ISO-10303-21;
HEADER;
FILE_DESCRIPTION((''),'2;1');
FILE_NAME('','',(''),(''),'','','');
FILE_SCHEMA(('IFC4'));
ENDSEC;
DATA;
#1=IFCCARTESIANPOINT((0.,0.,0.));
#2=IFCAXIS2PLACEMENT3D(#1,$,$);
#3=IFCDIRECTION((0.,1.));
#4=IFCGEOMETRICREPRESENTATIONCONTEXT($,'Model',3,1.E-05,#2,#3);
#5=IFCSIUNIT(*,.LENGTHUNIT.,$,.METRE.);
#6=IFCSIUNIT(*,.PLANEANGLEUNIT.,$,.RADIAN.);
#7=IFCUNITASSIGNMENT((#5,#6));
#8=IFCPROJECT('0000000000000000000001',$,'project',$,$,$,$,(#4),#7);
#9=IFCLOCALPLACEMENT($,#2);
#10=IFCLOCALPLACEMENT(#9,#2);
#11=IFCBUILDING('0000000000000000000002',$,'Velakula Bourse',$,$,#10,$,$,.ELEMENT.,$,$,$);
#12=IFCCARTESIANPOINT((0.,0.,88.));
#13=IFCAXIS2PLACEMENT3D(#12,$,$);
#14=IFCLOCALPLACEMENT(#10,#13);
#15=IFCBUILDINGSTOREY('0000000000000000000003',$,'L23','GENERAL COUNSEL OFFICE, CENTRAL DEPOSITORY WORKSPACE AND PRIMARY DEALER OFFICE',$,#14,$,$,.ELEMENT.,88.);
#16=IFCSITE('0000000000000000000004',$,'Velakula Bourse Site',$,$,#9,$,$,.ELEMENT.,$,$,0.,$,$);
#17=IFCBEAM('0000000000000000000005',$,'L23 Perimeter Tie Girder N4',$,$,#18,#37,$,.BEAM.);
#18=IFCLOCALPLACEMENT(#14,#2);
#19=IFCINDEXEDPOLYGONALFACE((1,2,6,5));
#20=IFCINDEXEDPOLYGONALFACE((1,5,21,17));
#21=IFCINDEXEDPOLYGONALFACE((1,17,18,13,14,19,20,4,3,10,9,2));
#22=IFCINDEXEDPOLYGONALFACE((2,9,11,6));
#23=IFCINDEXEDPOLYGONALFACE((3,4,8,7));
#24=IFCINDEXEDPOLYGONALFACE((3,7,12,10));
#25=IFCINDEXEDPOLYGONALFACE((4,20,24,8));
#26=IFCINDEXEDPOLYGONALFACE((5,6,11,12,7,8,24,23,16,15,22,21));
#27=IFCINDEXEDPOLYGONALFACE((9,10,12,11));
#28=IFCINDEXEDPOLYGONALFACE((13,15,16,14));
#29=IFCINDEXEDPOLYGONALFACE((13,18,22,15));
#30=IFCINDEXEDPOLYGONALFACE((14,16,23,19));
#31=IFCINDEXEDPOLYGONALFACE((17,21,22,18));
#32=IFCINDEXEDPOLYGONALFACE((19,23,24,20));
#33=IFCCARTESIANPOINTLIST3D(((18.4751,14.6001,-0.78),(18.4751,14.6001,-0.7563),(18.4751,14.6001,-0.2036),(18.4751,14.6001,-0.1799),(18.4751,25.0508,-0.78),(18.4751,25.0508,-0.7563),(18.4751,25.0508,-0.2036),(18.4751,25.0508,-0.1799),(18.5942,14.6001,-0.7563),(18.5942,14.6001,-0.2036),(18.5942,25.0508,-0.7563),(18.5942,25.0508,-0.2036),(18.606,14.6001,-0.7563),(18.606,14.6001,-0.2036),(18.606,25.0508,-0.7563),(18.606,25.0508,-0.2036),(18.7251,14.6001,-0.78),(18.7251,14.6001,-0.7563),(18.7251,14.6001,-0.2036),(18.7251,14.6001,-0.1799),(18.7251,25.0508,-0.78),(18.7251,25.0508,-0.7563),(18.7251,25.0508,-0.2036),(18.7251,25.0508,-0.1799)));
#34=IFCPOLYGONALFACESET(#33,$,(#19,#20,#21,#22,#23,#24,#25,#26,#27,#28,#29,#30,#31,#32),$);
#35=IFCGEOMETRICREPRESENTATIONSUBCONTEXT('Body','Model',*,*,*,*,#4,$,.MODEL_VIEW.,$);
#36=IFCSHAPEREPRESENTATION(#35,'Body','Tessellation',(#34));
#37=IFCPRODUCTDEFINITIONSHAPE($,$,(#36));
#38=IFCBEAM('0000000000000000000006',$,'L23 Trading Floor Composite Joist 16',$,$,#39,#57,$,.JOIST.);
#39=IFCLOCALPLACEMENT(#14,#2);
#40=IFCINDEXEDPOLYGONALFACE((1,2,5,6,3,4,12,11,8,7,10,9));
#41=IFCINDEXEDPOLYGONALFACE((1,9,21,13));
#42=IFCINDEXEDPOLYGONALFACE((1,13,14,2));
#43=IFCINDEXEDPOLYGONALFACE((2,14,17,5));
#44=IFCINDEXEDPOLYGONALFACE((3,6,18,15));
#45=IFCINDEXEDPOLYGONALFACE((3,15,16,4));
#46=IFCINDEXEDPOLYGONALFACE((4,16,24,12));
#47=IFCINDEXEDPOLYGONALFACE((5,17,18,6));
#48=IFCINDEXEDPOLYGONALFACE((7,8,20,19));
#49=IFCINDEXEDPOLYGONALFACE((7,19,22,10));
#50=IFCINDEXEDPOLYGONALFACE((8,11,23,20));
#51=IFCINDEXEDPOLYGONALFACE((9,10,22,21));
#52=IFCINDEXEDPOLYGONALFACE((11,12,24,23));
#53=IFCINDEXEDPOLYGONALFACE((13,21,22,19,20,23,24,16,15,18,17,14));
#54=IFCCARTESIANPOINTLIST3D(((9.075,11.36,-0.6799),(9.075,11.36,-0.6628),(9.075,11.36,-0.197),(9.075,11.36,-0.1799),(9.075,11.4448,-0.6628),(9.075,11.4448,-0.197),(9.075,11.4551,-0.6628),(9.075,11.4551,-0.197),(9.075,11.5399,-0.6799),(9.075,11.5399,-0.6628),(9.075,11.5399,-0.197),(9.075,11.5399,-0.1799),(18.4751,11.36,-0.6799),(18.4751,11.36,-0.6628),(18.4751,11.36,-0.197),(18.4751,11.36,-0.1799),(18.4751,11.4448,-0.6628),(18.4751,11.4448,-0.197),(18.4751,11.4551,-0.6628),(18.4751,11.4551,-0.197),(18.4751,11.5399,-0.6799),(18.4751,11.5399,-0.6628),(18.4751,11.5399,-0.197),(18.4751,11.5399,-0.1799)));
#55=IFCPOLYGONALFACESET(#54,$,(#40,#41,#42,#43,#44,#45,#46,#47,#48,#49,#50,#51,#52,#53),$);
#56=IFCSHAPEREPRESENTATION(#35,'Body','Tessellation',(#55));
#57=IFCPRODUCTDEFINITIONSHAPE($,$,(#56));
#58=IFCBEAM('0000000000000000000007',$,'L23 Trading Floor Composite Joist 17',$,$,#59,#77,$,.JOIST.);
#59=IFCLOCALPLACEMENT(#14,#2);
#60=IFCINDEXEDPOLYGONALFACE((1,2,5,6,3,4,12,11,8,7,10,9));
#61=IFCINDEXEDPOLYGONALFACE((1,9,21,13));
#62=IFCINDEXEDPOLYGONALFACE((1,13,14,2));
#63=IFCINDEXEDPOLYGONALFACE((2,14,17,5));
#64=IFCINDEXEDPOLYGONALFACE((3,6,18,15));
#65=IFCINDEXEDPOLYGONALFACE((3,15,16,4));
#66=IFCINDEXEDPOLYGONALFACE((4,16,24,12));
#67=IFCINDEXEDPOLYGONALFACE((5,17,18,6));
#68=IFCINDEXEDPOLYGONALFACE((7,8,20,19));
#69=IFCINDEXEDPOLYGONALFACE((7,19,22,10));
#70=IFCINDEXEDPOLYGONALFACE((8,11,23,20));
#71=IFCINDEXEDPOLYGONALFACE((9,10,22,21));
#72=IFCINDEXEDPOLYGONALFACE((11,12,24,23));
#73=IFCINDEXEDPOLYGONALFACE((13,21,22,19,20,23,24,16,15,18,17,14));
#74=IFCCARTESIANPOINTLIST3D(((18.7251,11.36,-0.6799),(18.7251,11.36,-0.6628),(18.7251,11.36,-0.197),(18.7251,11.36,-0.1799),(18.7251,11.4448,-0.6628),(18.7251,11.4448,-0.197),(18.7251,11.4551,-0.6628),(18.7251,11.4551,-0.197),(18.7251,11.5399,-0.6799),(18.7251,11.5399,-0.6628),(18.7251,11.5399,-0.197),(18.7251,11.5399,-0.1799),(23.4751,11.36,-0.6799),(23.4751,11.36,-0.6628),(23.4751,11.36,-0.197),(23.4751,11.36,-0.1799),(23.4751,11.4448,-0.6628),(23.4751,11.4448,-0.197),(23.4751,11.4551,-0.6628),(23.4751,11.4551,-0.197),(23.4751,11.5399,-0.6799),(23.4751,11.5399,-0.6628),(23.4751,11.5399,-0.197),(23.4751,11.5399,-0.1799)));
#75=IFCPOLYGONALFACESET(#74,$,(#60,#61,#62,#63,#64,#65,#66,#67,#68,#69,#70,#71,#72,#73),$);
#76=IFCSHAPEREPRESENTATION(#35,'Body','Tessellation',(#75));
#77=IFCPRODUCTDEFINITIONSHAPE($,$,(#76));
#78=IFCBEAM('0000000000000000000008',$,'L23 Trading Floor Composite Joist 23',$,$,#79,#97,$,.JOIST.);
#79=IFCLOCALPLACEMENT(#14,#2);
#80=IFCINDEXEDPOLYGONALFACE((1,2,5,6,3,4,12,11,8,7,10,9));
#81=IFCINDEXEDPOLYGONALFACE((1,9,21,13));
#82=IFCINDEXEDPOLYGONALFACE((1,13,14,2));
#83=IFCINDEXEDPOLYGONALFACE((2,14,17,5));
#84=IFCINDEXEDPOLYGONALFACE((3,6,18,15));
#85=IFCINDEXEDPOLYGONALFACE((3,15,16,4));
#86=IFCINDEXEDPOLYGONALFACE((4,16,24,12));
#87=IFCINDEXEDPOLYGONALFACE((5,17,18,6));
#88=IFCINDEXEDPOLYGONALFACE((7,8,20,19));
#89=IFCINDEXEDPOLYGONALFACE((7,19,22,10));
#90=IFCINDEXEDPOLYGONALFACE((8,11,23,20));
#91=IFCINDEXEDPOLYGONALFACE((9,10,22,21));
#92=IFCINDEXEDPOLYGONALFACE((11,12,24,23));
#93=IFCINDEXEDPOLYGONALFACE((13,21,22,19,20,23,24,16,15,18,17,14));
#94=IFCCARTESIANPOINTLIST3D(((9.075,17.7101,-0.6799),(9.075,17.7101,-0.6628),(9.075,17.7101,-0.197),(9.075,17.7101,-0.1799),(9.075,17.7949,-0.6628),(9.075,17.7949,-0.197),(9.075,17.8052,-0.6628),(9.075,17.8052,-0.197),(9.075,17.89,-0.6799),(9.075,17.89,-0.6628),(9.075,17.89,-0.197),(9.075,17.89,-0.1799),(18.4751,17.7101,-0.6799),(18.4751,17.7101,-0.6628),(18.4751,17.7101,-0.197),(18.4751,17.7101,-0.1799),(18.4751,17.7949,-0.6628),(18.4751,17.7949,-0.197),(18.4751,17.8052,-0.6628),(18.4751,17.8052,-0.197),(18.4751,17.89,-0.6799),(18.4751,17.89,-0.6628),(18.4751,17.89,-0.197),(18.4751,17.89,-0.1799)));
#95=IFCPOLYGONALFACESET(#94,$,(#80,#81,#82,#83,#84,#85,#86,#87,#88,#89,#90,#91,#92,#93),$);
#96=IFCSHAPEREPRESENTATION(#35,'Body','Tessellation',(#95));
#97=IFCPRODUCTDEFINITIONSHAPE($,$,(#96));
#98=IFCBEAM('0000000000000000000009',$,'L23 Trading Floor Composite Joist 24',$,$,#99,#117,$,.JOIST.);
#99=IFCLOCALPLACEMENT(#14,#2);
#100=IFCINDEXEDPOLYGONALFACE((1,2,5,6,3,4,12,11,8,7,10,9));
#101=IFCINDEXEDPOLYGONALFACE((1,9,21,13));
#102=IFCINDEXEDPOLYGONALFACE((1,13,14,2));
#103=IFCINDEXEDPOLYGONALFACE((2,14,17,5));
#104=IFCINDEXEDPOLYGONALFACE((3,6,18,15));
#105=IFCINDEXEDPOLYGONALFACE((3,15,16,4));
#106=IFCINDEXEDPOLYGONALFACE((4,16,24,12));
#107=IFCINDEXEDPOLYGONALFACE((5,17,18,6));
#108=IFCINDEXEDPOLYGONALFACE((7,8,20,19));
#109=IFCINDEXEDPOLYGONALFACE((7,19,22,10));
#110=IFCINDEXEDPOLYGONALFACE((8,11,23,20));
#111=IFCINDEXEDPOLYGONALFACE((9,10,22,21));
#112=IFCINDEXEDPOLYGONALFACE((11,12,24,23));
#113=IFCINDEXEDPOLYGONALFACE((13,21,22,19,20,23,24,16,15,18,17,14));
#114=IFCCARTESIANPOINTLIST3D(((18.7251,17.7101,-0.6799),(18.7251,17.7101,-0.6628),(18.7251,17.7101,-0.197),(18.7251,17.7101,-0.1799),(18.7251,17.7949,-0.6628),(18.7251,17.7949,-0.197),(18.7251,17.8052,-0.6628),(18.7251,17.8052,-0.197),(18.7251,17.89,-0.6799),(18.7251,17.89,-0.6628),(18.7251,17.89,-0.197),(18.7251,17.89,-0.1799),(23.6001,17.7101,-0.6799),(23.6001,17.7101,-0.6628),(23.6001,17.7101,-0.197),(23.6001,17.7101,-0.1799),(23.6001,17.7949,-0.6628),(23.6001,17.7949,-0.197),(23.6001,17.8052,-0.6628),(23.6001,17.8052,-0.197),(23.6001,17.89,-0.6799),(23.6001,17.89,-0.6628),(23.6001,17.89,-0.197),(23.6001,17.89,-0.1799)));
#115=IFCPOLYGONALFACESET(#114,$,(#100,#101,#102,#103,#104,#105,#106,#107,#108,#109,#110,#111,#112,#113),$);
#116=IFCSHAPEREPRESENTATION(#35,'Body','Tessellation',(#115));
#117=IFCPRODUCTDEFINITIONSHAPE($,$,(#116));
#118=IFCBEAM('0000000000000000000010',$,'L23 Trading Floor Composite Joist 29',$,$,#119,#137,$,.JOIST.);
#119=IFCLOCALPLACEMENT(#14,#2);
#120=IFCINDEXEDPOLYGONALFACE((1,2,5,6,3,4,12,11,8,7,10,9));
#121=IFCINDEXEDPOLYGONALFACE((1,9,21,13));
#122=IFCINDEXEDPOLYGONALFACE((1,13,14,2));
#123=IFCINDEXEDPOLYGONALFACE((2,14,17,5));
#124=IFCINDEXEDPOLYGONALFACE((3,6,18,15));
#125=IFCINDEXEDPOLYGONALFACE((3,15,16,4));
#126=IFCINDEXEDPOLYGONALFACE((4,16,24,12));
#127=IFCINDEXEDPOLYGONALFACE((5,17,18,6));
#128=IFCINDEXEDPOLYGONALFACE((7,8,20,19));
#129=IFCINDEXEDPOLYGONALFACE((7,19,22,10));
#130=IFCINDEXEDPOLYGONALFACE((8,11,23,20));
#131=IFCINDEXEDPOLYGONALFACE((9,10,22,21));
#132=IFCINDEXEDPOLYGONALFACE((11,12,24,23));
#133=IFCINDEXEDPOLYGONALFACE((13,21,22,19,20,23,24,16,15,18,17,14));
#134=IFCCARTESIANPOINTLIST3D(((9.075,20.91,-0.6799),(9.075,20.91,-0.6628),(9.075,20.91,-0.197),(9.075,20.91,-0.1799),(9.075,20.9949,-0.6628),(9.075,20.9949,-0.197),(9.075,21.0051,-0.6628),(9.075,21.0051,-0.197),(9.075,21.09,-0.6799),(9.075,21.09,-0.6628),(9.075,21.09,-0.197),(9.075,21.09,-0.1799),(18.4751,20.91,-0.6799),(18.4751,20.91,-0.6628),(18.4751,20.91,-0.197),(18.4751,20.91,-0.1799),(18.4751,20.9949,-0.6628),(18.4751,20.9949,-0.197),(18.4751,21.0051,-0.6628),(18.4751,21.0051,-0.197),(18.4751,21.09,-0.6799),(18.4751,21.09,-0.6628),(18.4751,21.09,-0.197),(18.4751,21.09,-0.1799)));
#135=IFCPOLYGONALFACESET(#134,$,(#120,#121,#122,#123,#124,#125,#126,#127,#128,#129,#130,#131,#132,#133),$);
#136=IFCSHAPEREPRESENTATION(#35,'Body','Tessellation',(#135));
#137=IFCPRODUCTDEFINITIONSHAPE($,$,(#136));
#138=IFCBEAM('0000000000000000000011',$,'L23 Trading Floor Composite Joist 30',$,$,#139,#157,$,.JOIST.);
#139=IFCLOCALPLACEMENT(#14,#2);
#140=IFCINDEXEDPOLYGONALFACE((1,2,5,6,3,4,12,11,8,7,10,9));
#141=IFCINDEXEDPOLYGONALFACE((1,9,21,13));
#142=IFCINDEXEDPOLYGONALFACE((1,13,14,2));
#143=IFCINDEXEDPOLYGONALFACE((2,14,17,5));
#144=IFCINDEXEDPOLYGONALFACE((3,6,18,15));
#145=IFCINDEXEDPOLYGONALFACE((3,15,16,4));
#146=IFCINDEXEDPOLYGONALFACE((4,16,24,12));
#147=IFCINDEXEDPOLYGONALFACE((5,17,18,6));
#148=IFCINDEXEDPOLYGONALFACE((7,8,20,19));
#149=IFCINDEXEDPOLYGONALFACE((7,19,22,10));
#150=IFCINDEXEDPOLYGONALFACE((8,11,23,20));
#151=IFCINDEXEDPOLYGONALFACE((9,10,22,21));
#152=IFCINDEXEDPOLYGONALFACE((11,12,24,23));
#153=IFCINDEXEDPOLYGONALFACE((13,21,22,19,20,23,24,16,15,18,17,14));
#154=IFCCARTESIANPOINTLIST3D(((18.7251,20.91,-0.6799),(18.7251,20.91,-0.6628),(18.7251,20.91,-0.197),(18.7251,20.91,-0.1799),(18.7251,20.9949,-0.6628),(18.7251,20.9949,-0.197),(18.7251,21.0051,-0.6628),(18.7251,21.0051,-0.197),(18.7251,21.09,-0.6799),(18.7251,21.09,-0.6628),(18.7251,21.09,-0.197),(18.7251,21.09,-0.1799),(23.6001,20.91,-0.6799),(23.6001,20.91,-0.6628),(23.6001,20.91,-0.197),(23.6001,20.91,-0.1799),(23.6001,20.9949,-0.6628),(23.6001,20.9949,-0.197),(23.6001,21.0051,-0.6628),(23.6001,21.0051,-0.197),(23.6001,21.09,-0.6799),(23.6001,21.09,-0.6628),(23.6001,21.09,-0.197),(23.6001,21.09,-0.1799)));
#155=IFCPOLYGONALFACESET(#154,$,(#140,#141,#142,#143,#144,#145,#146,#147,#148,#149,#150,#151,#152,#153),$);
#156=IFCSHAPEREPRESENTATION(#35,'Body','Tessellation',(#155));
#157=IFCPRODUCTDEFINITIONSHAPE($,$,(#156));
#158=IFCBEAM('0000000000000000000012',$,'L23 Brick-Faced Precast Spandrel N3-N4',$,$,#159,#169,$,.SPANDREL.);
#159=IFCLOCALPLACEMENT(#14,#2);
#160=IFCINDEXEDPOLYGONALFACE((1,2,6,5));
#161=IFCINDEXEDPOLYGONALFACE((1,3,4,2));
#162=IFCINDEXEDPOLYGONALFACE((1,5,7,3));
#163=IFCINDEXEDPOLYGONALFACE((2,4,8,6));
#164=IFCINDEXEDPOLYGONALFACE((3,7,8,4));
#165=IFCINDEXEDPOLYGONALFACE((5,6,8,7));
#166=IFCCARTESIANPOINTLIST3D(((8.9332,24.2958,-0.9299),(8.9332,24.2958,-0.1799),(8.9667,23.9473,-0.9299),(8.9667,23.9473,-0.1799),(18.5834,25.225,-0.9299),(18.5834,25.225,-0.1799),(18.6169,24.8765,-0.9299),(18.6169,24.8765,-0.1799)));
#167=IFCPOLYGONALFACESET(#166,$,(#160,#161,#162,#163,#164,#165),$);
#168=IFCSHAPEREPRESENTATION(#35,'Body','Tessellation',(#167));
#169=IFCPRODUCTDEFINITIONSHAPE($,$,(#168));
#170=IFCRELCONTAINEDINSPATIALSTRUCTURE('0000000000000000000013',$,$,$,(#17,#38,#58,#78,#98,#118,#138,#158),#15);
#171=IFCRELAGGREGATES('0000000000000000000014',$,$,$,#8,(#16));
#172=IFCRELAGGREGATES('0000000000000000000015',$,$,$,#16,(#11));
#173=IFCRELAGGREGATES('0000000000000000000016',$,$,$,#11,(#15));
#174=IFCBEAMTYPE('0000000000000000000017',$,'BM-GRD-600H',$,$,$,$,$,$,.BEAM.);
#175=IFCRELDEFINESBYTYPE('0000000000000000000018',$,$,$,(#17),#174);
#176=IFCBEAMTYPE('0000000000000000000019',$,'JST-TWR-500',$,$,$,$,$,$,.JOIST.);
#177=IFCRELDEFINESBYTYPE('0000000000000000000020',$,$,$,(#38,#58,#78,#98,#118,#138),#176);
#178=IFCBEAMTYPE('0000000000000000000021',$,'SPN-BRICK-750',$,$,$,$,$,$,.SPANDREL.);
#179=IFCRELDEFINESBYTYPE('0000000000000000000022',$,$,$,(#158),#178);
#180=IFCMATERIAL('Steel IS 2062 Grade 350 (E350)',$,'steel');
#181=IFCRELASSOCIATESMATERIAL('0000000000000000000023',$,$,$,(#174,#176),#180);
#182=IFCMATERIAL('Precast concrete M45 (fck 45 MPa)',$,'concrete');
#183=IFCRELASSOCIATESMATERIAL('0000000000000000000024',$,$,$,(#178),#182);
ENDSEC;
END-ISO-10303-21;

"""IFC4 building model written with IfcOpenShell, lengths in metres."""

from ifc_helpers import new_model, si_unit, direction, frame, origin, origin_2d, place, context, subcontext, project, spatial, rectangle, i_section, extrude, material, material_profile, profile_set, type_object, element, save


model = new_model("IFC4")

# Units and contexts
model_context = context("Model", 3, precision=1e-05, world=origin(), true_north=direction((0.0, 1.0)))
body_context = subcontext(model_context, "Body", "Model", "MODEL_VIEW")
ifc_project = project(units=[si_unit("LENGTHUNIT", "METRE"), si_unit("PLANEANGLEUNIT", "RADIAN")], contexts=[model_context])

# Site, building, storey
site_placement = place(None, origin())
site = spatial("IfcSite", under=ifc_project, at=site_placement, Name="Velakula Bourse Site", CompositionType="ELEMENT", RefElevation=0.0)
building_placement = place(site_placement, origin())
building = spatial("IfcBuilding", under=site, at=building_placement, Name="Velakula Bourse", CompositionType="ELEMENT")
storey_placement = place(building_placement, frame((0.0, 0.0, 88.0)))
storey = spatial("IfcBuildingStorey", under=building, at=storey_placement, Name="L23", Description="GENERAL COUNSEL OFFICE, CENTRAL DEPOSITORY WORKSPACE AND PRIMARY DEALER OFFICE", CompositionType="ELEMENT", Elevation=88.0)

# Beams
ifc_material_1 = material(Name="Steel IS 2062 Grade 350 (E350)", Category="steel")
ifc_material_profile_1 = material_profile(ifc_material_1, i_section(OverallWidth=0.25, OverallDepth=0.6001, WebThickness=0.0117, FlangeThickness=0.0237, at=origin_2d()), Name="Steel IS 2062 Grade 350 (E350)")
ifc_profile_set_1 = profile_set([ifc_material_profile_1], Name="Steel IS 2062 Grade 350 (E350)")
beam_type_1 = type_object("IfcBeamType", Name="BM-GRD-600H", PredefinedType="BEAM", material=ifc_profile_set_1)
beam_1_placement = place(storey_placement, frame((18.6001, 14.6001, -0.48), z_axis=(0.0, 1.0, 0.0), x_axis=(-1.0, 0.0, 0.0)))
element("IfcBeam", 1, at=beam_1_placement, inside=storey, type_object=beam_type_1, Name="L23 Perimeter Tie Girder N4", PredefinedType="BEAM", context=body_context, shape_type="SweptSolid", body=[
    extrude(i_section(OverallWidth=0.25, OverallDepth=0.6001, WebThickness=0.0117, FlangeThickness=0.0237, at=origin_2d()), origin(), (0.0, 0.0, 1.0), 10.4507),
])
ifc_material_profile_2 = material_profile(ifc_material_1, i_section(OverallWidth=0.1799, OverallDepth=0.5, WebThickness=0.0103, FlangeThickness=0.0171, at=origin_2d()), Name="Steel IS 2062 Grade 350 (E350)")
ifc_profile_set_2 = profile_set([ifc_material_profile_2], Name="Steel IS 2062 Grade 350 (E350)")
beam_type_2 = type_object("IfcBeamType", Name="JST-TWR-500", PredefinedType="JOIST", material=ifc_profile_set_2)
beam_2_placement = place(storey_placement, frame((9.075, 11.45, -0.4299), z_axis=(1.0, 0.0, 0.0), x_axis=(0.0, 1.0, 0.0)))
element("IfcBeam", 2, at=beam_2_placement, inside=storey, type_object=beam_type_2, Name="L23 Trading Floor Composite Joist 16", PredefinedType="JOIST", context=body_context, shape_type="SweptSolid", body=[
    extrude(i_section(OverallWidth=0.1799, OverallDepth=0.5, WebThickness=0.0103, FlangeThickness=0.0171, at=origin_2d()), origin(), (0.0, 0.0, 1.0), 9.4001),
])
beam_3_placement = place(storey_placement, frame((18.7251, 11.45, -0.4299), z_axis=(1.0, 0.0, 0.0), x_axis=(0.0, 1.0, 0.0)))
element("IfcBeam", 3, at=beam_3_placement, inside=storey, type_object=beam_type_2, Name="L23 Trading Floor Composite Joist 17", PredefinedType="JOIST", context=body_context, shape_type="SweptSolid", body=[
    extrude(i_section(OverallWidth=0.1799, OverallDepth=0.5, WebThickness=0.0103, FlangeThickness=0.0171, at=origin_2d()), origin(), (0.0, 0.0, 1.0), 4.75),
])
beam_4_placement = place(storey_placement, frame((9.075, 17.8, -0.4299), z_axis=(1.0, 0.0, 0.0), x_axis=(0.0, 1.0, 0.0)))
element("IfcBeam", 4, at=beam_4_placement, inside=storey, type_object=beam_type_2, Name="L23 Trading Floor Composite Joist 23", PredefinedType="JOIST", context=body_context, shape_type="SweptSolid", body=[
    extrude(i_section(OverallWidth=0.1799, OverallDepth=0.5, WebThickness=0.0103, FlangeThickness=0.0171, at=origin_2d()), origin(), (0.0, 0.0, 1.0), 9.4001),
])
beam_5_placement = place(storey_placement, frame((18.7251, 17.8, -0.4299), z_axis=(1.0, 0.0, 0.0), x_axis=(0.0, 1.0, 0.0)))
element("IfcBeam", 5, at=beam_5_placement, inside=storey, type_object=beam_type_2, Name="L23 Trading Floor Composite Joist 24", PredefinedType="JOIST", context=body_context, shape_type="SweptSolid", body=[
    extrude(i_section(OverallWidth=0.1799, OverallDepth=0.5, WebThickness=0.0103, FlangeThickness=0.0171, at=origin_2d()), origin(), (0.0, 0.0, 1.0), 4.875),
])
beam_6_placement = place(storey_placement, frame((9.075, 21.0, -0.4299), z_axis=(1.0, 0.0, 0.0), x_axis=(0.0, 1.0, 0.0)))
element("IfcBeam", 6, at=beam_6_placement, inside=storey, type_object=beam_type_2, Name="L23 Trading Floor Composite Joist 29", PredefinedType="JOIST", context=body_context, shape_type="SweptSolid", body=[
    extrude(i_section(OverallWidth=0.1799, OverallDepth=0.5, WebThickness=0.0103, FlangeThickness=0.0171, at=origin_2d()), origin(), (0.0, 0.0, 1.0), 9.4001),
])
beam_7_placement = place(storey_placement, frame((18.7251, 21.0, -0.4299), z_axis=(1.0, 0.0, 0.0), x_axis=(0.0, 1.0, 0.0)))
element("IfcBeam", 7, at=beam_7_placement, inside=storey, type_object=beam_type_2, Name="L23 Trading Floor Composite Joist 30", PredefinedType="JOIST", context=body_context, shape_type="SweptSolid", body=[
    extrude(i_section(OverallWidth=0.1799, OverallDepth=0.5, WebThickness=0.0103, FlangeThickness=0.0171, at=origin_2d()), origin(), (0.0, 0.0, 1.0), 4.875),
])
ifc_material_2 = material(Name="Precast concrete M45 (fck 45 MPa)", Category="concrete")
ifc_material_profile_3 = material_profile(ifc_material_2, rectangle(XDim=0.3501, YDim=0.75, at=origin_2d()), Name="Precast concrete M45 (fck 45 MPa)")
ifc_profile_set_3 = profile_set([ifc_material_profile_3], Name="Precast concrete M45 (fck 45 MPa)")
beam_type_3 = type_object("IfcBeamType", Name="SPN-BRICK-750", PredefinedType="SPANDREL", material=ifc_profile_set_3)
beam_8_placement = place(storey_placement, frame((8.95, 24.1216, -0.5549), z_axis=(0.995396, 0.095845, 0.0), x_axis=(-0.095845, 0.995396, 0.0)))
element("IfcBeam", 8, at=beam_8_placement, inside=storey, type_object=beam_type_3, Name="L23 Brick-Faced Precast Spandrel N3-N4", PredefinedType="SPANDREL", context=body_context, shape_type="SweptSolid", body=[
    extrude(rectangle(XDim=0.3501, YDim=0.75, at=origin_2d()), origin(), (0.0, 0.0, 1.0), 9.6948),
])

save(model, "model.ifc")
